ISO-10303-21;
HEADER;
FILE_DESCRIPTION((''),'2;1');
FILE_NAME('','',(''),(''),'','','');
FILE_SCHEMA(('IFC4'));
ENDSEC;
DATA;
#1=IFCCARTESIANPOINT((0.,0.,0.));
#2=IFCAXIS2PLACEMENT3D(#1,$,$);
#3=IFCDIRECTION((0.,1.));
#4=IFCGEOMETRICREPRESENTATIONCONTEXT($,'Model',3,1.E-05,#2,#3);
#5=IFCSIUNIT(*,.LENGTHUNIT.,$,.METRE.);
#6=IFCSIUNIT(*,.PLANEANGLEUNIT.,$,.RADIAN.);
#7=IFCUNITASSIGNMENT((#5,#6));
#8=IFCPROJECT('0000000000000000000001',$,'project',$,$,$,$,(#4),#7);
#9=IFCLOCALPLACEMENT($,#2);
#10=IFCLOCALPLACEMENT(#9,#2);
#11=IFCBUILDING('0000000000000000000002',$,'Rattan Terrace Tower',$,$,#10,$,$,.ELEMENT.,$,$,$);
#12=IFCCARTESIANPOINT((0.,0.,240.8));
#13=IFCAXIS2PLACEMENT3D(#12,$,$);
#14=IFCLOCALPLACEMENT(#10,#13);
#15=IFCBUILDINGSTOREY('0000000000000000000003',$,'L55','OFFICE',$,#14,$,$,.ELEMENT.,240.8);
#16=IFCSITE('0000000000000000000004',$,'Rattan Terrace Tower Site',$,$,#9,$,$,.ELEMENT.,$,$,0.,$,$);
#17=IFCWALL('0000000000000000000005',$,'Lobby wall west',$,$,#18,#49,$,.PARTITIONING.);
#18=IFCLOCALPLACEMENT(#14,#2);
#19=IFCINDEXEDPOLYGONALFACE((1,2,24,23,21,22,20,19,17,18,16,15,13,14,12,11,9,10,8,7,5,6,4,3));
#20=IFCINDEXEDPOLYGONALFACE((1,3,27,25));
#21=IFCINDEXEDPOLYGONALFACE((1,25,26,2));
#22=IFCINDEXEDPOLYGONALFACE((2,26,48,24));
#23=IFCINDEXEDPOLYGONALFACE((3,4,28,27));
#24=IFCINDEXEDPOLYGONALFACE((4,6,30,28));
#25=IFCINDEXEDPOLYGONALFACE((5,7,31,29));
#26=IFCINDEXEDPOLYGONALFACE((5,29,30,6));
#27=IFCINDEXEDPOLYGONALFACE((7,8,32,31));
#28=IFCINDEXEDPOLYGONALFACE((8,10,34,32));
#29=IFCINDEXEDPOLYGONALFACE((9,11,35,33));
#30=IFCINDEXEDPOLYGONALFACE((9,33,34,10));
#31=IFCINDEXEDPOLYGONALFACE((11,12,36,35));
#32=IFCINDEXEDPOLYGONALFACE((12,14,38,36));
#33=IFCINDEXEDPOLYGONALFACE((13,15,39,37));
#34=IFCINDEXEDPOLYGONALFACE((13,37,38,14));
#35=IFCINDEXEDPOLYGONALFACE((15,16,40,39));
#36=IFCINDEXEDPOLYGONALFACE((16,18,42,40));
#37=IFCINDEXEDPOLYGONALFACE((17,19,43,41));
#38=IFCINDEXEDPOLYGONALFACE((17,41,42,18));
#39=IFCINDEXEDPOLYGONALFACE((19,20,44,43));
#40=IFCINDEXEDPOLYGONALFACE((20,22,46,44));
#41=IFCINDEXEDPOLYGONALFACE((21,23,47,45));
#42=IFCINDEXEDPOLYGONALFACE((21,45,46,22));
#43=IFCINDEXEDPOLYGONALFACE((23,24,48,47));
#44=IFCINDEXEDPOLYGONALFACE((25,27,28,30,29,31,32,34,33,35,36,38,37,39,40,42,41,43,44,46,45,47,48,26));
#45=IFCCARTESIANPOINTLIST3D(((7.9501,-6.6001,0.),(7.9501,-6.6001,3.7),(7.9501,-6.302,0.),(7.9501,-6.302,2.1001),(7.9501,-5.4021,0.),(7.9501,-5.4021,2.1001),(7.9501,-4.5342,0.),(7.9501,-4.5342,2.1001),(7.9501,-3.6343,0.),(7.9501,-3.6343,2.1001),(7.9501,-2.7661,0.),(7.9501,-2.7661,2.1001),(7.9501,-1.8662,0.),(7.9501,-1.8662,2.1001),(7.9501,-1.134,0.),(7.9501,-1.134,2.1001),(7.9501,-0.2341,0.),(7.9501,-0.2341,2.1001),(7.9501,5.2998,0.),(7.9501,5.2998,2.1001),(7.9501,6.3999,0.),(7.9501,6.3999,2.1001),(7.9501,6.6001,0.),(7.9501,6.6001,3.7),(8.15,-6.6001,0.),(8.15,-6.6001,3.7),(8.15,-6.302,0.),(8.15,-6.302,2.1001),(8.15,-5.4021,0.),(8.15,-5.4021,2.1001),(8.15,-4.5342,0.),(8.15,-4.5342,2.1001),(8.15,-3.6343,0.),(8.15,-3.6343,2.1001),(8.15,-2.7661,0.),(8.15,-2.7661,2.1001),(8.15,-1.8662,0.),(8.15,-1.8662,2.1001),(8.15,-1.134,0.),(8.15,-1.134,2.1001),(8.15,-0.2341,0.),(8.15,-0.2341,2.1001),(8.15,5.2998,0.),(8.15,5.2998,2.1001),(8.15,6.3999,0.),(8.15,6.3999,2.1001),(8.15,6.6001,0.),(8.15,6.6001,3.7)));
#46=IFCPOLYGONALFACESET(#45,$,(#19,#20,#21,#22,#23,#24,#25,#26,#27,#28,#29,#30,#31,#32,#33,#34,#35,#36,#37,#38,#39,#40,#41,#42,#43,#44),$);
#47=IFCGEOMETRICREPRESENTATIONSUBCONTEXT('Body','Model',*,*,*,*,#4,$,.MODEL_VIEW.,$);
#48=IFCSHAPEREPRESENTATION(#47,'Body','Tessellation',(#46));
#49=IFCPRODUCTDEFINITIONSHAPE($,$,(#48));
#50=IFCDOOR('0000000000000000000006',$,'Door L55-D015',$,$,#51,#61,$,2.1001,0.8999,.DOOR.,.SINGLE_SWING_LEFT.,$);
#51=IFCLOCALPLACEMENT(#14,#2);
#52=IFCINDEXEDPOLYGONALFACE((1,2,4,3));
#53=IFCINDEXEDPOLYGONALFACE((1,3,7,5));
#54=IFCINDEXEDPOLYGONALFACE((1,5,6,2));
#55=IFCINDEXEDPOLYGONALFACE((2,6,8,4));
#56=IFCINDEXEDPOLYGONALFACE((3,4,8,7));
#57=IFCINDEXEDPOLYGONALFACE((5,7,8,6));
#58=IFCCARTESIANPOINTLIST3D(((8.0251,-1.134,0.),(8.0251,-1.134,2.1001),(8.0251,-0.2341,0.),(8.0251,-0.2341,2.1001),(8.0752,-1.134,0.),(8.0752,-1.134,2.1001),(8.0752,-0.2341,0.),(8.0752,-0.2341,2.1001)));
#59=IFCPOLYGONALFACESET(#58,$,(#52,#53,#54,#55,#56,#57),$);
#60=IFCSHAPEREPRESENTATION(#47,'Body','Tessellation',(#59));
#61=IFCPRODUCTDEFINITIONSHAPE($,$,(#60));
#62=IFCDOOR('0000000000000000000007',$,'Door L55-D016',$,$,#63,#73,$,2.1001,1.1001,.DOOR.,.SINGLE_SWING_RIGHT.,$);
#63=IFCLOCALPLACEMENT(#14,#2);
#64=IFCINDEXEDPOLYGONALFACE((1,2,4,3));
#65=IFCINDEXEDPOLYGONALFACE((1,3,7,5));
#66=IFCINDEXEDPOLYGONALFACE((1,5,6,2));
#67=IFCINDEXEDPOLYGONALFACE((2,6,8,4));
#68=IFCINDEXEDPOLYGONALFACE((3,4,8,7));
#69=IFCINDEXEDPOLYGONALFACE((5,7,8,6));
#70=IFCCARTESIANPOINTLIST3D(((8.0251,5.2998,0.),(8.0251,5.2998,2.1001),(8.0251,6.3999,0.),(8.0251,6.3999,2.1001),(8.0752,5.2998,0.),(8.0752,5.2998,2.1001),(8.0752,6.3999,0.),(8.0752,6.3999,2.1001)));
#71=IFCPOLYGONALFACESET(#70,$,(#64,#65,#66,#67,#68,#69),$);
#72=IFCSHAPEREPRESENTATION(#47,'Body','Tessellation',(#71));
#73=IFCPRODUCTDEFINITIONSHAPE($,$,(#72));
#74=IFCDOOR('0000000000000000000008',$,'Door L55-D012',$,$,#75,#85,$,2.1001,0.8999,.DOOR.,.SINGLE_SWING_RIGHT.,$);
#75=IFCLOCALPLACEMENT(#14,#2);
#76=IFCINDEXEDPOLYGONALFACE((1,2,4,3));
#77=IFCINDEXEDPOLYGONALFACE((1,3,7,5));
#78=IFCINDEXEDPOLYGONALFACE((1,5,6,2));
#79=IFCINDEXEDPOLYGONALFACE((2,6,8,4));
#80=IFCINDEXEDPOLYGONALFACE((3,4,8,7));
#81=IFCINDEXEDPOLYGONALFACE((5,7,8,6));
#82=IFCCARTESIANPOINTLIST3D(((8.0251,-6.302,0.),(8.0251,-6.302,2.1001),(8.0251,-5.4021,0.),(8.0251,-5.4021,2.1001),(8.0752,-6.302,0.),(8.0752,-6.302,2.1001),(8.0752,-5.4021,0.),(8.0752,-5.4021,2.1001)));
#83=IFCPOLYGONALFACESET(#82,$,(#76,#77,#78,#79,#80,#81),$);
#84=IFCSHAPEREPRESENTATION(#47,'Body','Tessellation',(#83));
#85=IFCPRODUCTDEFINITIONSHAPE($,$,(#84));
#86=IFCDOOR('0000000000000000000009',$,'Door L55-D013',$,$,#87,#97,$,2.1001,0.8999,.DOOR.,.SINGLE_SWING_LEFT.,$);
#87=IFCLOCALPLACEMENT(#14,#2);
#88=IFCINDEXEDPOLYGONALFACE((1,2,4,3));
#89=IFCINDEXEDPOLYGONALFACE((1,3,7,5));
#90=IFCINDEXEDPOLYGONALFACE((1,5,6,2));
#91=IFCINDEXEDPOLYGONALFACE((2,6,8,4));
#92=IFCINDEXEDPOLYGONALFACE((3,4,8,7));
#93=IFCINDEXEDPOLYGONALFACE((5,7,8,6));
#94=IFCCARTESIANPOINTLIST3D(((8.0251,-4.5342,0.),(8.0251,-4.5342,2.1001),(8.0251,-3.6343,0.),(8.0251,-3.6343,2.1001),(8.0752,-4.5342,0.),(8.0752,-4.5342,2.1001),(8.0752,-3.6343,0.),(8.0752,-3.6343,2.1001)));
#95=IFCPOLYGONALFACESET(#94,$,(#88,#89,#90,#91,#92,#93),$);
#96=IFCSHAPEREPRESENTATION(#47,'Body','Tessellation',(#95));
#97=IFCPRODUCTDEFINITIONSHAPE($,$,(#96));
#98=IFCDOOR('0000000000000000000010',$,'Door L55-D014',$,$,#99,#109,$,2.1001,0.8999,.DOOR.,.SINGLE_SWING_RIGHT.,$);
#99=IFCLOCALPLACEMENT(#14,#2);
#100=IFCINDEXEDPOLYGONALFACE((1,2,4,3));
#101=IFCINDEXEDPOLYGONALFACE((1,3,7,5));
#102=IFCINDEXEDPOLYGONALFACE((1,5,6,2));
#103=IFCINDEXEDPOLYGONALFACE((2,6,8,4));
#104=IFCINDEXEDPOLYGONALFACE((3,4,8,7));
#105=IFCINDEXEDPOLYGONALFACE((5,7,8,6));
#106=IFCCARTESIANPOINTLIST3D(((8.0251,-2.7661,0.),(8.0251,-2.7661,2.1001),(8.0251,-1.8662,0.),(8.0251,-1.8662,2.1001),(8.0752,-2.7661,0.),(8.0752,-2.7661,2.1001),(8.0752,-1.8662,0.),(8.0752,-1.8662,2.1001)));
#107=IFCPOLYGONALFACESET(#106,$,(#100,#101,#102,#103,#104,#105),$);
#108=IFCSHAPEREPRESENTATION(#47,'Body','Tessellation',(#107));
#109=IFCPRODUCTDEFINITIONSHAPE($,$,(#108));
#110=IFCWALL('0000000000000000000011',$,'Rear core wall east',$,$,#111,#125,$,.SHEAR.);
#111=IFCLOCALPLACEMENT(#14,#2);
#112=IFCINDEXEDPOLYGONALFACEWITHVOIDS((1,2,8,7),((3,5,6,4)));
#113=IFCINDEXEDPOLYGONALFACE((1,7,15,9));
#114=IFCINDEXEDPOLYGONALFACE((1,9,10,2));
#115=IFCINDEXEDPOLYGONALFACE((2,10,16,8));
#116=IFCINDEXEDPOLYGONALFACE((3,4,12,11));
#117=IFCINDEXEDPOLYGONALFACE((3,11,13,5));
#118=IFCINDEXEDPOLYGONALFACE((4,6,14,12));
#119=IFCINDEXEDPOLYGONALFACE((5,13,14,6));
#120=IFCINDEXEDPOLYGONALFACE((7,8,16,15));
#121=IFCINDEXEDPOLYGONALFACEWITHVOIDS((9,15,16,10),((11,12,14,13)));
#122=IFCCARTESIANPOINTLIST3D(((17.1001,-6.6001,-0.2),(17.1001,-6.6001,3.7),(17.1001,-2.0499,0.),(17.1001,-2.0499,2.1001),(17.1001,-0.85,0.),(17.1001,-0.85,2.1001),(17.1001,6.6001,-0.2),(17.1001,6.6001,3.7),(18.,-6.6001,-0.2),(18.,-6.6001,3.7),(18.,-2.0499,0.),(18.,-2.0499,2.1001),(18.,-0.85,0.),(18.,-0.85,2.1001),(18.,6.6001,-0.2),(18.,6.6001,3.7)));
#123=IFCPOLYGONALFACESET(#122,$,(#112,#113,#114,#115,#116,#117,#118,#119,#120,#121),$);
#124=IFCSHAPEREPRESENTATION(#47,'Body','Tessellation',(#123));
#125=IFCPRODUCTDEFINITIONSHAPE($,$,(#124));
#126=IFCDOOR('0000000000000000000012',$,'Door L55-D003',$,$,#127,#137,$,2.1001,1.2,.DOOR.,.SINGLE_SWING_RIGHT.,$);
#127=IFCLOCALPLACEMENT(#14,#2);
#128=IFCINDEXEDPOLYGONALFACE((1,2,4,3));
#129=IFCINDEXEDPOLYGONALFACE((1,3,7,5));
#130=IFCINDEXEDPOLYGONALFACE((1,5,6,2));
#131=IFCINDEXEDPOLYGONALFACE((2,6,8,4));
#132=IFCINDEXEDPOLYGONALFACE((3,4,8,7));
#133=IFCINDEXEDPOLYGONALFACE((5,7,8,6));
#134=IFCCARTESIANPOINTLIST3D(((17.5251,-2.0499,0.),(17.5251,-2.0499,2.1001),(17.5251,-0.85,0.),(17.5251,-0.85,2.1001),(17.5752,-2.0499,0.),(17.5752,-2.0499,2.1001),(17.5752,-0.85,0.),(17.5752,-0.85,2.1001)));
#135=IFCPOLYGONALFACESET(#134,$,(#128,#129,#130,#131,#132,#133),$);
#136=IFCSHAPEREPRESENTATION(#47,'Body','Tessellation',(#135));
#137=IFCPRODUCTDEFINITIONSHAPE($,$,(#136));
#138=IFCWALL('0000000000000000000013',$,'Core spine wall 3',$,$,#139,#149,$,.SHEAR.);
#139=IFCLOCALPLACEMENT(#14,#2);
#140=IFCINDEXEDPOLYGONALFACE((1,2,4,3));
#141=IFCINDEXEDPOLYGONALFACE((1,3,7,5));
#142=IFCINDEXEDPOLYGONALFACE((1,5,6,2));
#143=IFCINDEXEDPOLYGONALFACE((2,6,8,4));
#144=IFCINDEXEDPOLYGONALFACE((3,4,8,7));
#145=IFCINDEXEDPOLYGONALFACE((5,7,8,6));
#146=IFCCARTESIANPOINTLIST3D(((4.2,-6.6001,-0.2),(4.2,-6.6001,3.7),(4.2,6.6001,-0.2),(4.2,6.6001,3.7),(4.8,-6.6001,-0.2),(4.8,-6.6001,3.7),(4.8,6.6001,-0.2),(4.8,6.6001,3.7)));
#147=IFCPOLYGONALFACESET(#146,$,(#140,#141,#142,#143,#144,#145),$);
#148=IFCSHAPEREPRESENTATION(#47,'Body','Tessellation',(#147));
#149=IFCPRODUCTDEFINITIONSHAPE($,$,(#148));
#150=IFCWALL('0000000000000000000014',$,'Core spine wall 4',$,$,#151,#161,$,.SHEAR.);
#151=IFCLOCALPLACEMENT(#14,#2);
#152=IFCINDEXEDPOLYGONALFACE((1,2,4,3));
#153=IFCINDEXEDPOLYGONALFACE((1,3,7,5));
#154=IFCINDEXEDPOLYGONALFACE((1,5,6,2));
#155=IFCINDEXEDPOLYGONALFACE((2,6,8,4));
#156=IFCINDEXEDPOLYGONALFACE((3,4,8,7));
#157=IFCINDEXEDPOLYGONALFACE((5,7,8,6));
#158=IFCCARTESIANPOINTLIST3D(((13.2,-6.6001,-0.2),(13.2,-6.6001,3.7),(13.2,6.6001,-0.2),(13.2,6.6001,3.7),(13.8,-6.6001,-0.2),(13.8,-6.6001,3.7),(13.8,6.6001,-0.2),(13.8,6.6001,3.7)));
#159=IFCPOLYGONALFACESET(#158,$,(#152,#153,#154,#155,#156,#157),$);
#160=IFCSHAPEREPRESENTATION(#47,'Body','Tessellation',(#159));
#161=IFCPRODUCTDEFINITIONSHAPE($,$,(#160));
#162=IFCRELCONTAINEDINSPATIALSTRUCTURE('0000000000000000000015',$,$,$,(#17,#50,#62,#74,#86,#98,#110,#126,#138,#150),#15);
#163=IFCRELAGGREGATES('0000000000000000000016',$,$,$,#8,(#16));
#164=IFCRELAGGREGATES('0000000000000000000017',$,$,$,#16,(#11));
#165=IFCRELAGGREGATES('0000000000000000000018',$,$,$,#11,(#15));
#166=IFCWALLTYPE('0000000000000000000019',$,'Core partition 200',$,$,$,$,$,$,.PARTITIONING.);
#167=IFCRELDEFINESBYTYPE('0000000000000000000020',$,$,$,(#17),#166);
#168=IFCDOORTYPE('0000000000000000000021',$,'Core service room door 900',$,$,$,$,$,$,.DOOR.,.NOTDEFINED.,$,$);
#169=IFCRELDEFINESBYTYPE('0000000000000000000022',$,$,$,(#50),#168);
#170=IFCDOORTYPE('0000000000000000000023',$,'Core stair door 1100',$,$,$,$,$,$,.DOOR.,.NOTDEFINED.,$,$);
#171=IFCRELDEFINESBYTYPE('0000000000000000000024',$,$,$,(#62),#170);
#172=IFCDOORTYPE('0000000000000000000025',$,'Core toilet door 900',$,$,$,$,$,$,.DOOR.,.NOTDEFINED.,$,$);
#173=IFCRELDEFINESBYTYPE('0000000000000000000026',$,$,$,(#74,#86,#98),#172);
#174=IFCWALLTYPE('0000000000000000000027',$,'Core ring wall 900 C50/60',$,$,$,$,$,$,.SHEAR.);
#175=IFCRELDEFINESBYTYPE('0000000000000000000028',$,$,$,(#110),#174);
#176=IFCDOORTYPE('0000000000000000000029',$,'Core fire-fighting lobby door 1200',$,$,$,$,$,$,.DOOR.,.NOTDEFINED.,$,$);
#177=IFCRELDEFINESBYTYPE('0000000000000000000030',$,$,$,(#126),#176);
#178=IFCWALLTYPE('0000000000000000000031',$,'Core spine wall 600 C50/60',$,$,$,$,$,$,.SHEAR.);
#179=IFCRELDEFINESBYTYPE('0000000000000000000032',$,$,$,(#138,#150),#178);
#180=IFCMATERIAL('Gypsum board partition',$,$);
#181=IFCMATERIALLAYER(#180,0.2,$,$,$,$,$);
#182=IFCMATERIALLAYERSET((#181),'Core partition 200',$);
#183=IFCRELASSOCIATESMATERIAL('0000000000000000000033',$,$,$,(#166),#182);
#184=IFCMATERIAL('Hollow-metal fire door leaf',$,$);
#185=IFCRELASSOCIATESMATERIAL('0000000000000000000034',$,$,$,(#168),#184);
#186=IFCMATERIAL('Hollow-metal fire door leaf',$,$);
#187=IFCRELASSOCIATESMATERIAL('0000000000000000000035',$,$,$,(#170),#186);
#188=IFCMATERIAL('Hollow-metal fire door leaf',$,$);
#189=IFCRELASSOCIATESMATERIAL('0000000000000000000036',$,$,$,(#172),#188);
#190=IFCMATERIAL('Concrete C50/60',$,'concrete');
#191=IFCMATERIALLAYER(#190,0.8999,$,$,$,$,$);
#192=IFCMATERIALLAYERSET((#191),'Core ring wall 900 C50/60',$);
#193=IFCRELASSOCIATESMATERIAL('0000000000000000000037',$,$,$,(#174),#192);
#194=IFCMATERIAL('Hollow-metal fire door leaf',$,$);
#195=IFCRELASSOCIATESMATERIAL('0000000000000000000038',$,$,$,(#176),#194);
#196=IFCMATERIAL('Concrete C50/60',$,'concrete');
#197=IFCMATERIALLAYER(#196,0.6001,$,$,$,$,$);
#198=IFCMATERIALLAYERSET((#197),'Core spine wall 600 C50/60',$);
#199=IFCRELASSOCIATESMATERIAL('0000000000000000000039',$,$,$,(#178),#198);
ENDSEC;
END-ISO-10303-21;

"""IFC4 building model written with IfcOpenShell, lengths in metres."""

from ifc_helpers import new_model, si_unit, direction, frame, frame_2d, origin, place, context, subcontext, project, spatial, rectangle, extrude, material, layer, layer_set, type_object, element, fill, save


model = new_model("IFC4")

# Units and contexts
model_context = context("Model", 3, precision=1e-05, world=origin(), true_north=direction((0.0, 1.0)))
body_context = subcontext(model_context, "Body", "Model", "MODEL_VIEW")
ifc_project = project(units=[si_unit("LENGTHUNIT", "METRE"), si_unit("PLANEANGLEUNIT", "RADIAN")], contexts=[model_context])

# Site, building, storey
site_placement = place(None, origin())
site = spatial("IfcSite", under=ifc_project, at=site_placement, Name="Rattan Terrace Tower Site", CompositionType="ELEMENT", RefElevation=0.0)
building_placement = place(site_placement, origin())
building = spatial("IfcBuilding", under=site, at=building_placement, Name="Rattan Terrace Tower", CompositionType="ELEMENT")
storey_placement = place(building_placement, frame((0.0, 0.0, 240.8)))
storey = spatial("IfcBuildingStorey", under=building, at=storey_placement, Name="L55", Description="OFFICE", CompositionType="ELEMENT", Elevation=240.8)

# Shared definitions
ifc_material_1 = material(Name="Gypsum board partition")
ifc_layer_1 = layer(ifc_material_1, 0.2)
ifc_layer_set_1 = layer_set([ifc_layer_1], Name="Core partition 200")
wall_type_1 = type_object("IfcWallType", Name="Core partition 200", PredefinedType="PARTITIONING", material=ifc_layer_set_1)

# Wall, openings, doors
wall_1_placement = place(storey_placement, frame((8.05, -6.6001, 0.0), z_axis=(0.0, 0.0, 1.0), x_axis=(0.0, 1.0, 0.0)))
wall_1 = element("IfcWall", 1, at=wall_1_placement, inside=storey, type_object=wall_type_1, Name="Lobby wall west", PredefinedType="PARTITIONING", context=body_context, shape_type="SweptSolid", body=[
    extrude(rectangle(XDim=13.2002, YDim=0.2, at=frame_2d((6.6001, 0.0))), origin(), (0.0, 0.0, 1.0), 3.7),
])
opening_1_placement = place(wall_1_placement, frame((0.2981, 0.0, 0.0)))
opening_1 = element("IfcOpeningElement", 2, at=opening_1_placement, cuts=wall_1, PredefinedType="OPENING", context=body_context, shape_type="SweptSolid", body=[
    extrude(rectangle(XDim=0.8999, YDim=2.1001, at=frame_2d((0.45, 1.05))), frame((0.0, 0.1106, 0.0), z_axis=(0.0, -1.0, 0.0), x_axis=(1.0, 0.0, 0.0)), (0.0, 0.0, 1.0), 0.2209),
])
opening_2_placement = place(wall_1_placement, frame((2.0659, 0.0, 0.0)))
opening_2 = element("IfcOpeningElement", 3, at=opening_2_placement, cuts=wall_1, PredefinedType="OPENING", context=body_context, shape_type="SweptSolid", body=[
    extrude(rectangle(XDim=0.8999, YDim=2.1001, at=frame_2d((0.45, 1.05))), frame((0.0, 0.1106, 0.0), z_axis=(0.0, -1.0, 0.0), x_axis=(1.0, 0.0, 0.0)), (0.0, 0.0, 1.0), 0.2209),
])
opening_3_placement = place(wall_1_placement, frame((3.834, 0.0, 0.0)))
opening_3 = element("IfcOpeningElement", 4, at=opening_3_placement, cuts=wall_1, PredefinedType="OPENING", context=body_context, shape_type="SweptSolid", body=[
    extrude(rectangle(XDim=0.8999, YDim=2.1001, at=frame_2d((0.45, 1.05))), frame((0.0, 0.1106, 0.0), z_axis=(0.0, -1.0, 0.0), x_axis=(1.0, 0.0, 0.0)), (0.0, 0.0, 1.0), 0.2209),
])
opening_4_placement = place(wall_1_placement, frame((5.4661, 0.0, 0.0)))
opening_4 = element("IfcOpeningElement", 5, at=opening_4_placement, cuts=wall_1, PredefinedType="OPENING", context=body_context, shape_type="SweptSolid", body=[
    extrude(rectangle(XDim=0.8999, YDim=2.1001, at=frame_2d((0.45, 1.05))), frame((0.0, 0.1106, 0.0), z_axis=(0.0, -1.0, 0.0), x_axis=(1.0, 0.0, 0.0)), (0.0, 0.0, 1.0), 0.2209),
])
opening_5_placement = place(wall_1_placement, frame((11.8999, 0.0, 0.0)))
opening_5 = element("IfcOpeningElement", 6, at=opening_5_placement, cuts=wall_1, PredefinedType="OPENING", context=body_context, shape_type="SweptSolid", body=[
    extrude(rectangle(XDim=1.1001, YDim=2.1001, at=frame_2d((0.55, 1.05))), frame((0.0, 0.1106, 0.0), z_axis=(0.0, -1.0, 0.0), x_axis=(1.0, 0.0, 0.0)), (0.0, 0.0, 1.0), 0.2209),
])
ifc_material_2 = material(Name="Hollow-metal fire door leaf")
door_type_1 = type_object("IfcDoorType", Name="Core service room door 900", OperationType="NOTDEFINED", PredefinedType="DOOR", material=ifc_material_2)
door_1_placement = place(opening_4_placement, origin())
door_1 = element("IfcDoor", 7, at=door_1_placement, inside=storey, type_object=door_type_1, Name="Door L55-D015", OperationType="SINGLE_SWING_LEFT", OverallHeight=2.1001, OverallWidth=0.8999, PredefinedType="DOOR", context=body_context, shape_type="SweptSolid", body=[
    extrude(rectangle(XDim=0.8999, YDim=2.1001, at=frame_2d((0.45, 1.05))), frame((0.0, 0.0249, 0.0), z_axis=(0.0, -1.0, 0.0), x_axis=(1.0, 0.0, 0.0)), (0.0, 0.0, 1.0), 0.05),
])
fill(opening_4, door_1)
ifc_material_3 = material(Name="Hollow-metal fire door leaf")
door_type_2 = type_object("IfcDoorType", Name="Core stair door 1100", OperationType="NOTDEFINED", PredefinedType="DOOR", material=ifc_material_3)
door_2_placement = place(opening_5_placement, origin())
door_2 = element("IfcDoor", 8, at=door_2_placement, inside=storey, type_object=door_type_2, Name="Door L55-D016", OperationType="SINGLE_SWING_RIGHT", OverallHeight=2.1001, OverallWidth=1.1001, PredefinedType="DOOR", context=body_context, shape_type="SweptSolid", body=[
    extrude(rectangle(XDim=1.1001, YDim=2.1001, at=frame_2d((0.55, 1.05))), frame((0.0, 0.0249, 0.0), z_axis=(0.0, -1.0, 0.0), x_axis=(1.0, 0.0, 0.0)), (0.0, 0.0, 1.0), 0.05),
])
fill(opening_5, door_2)
ifc_material_4 = material(Name="Hollow-metal fire door leaf")
door_type_3 = type_object("IfcDoorType", Name="Core toilet door 900", OperationType="NOTDEFINED", PredefinedType="DOOR", material=ifc_material_4)
door_3_placement = place(opening_1_placement, origin())
door_3 = element("IfcDoor", 9, at=door_3_placement, inside=storey, type_object=door_type_3, Name="Door L55-D012", OperationType="SINGLE_SWING_RIGHT", OverallHeight=2.1001, OverallWidth=0.8999, PredefinedType="DOOR", context=body_context, shape_type="SweptSolid", body=[
    extrude(rectangle(XDim=0.8999, YDim=2.1001, at=frame_2d((0.45, 1.05))), frame((0.0, 0.0249, 0.0), z_axis=(0.0, -1.0, 0.0), x_axis=(1.0, 0.0, 0.0)), (0.0, 0.0, 1.0), 0.05),
])
fill(opening_1, door_3)
door_4_placement = place(opening_2_placement, origin())
door_4 = element("IfcDoor", 10, at=door_4_placement, inside=storey, type_object=door_type_3, Name="Door L55-D013", OperationType="SINGLE_SWING_LEFT", OverallHeight=2.1001, OverallWidth=0.8999, PredefinedType="DOOR", context=body_context, shape_type="SweptSolid", body=[
    extrude(rectangle(XDim=0.8999, YDim=2.1001, at=frame_2d((0.45, 1.05))), frame((0.0, 0.0249, 0.0), z_axis=(0.0, -1.0, 0.0), x_axis=(1.0, 0.0, 0.0)), (0.0, 0.0, 1.0), 0.05),
])
fill(opening_2, door_4)
door_5_placement = place(opening_3_placement, origin())
door_5 = element("IfcDoor", 11, at=door_5_placement, inside=storey, type_object=door_type_3, Name="Door L55-D014", OperationType="SINGLE_SWING_RIGHT", OverallHeight=2.1001, OverallWidth=0.8999, PredefinedType="DOOR", context=body_context, shape_type="SweptSolid", body=[
    extrude(rectangle(XDim=0.8999, YDim=2.1001, at=frame_2d((0.45, 1.05))), frame((0.0, 0.0249, 0.0), z_axis=(0.0, -1.0, 0.0), x_axis=(1.0, 0.0, 0.0)), (0.0, 0.0, 1.0), 0.05),
])
fill(opening_3, door_5)

# Wall, opening, door
ifc_material_5 = material(Name="Concrete C50/60", Category="concrete")
ifc_layer_2 = layer(ifc_material_5, 0.8999)
ifc_layer_set_2 = layer_set([ifc_layer_2], Name="Core ring wall 900 C50/60")
wall_type_2 = type_object("IfcWallType", Name="Core ring wall 900 C50/60", PredefinedType="SHEAR", material=ifc_layer_set_2)
wall_2_placement = place(storey_placement, frame((17.55, -6.6001, -0.2), z_axis=(0.0, 0.0, 1.0), x_axis=(0.0, 1.0, 0.0)))
wall_2 = element("IfcWall", 12, at=wall_2_placement, inside=storey, type_object=wall_type_2, Name="Rear core wall east", PredefinedType="SHEAR", context=body_context, shape_type="SweptSolid", body=[
    extrude(rectangle(XDim=13.2002, YDim=0.8999, at=frame_2d((6.6001, 0.0))), origin(), (0.0, 0.0, 1.0), 3.8999),
])
opening_6_placement = place(wall_2_placement, frame((4.55, 0.0, 0.2)))
opening_6 = element("IfcOpeningElement", 13, at=opening_6_placement, cuts=wall_2, PredefinedType="OPENING", context=body_context, shape_type="SweptSolid", body=[
    extrude(rectangle(XDim=1.2, YDim=2.1001, at=frame_2d((0.6001, 1.05))), frame((0.0, 0.4604, 0.0), z_axis=(0.0, -1.0, 0.0), x_axis=(1.0, 0.0, 0.0)), (0.0, 0.0, 1.0), 0.9209),
])
ifc_material_6 = material(Name="Hollow-metal fire door leaf")
door_type_4 = type_object("IfcDoorType", Name="Core fire-fighting lobby door 1200", OperationType="NOTDEFINED", PredefinedType="DOOR", material=ifc_material_6)
door_6_placement = place(opening_6_placement, origin())
door_6 = element("IfcDoor", 14, at=door_6_placement, inside=storey, type_object=door_type_4, Name="Door L55-D003", OperationType="SINGLE_SWING_RIGHT", OverallHeight=2.1001, OverallWidth=1.2, PredefinedType="DOOR", context=body_context, shape_type="SweptSolid", body=[
    extrude(rectangle(XDim=1.2, YDim=2.1001, at=frame_2d((0.6001, 1.05))), frame((0.0, 0.0249, 0.0), z_axis=(0.0, -1.0, 0.0), x_axis=(1.0, 0.0, 0.0)), (0.0, 0.0, 1.0), 0.05),
])
fill(opening_6, door_6)

# Walls
ifc_material_7 = material(Name="Concrete C50/60", Category="concrete")
ifc_layer_3 = layer(ifc_material_7, 0.6001)
ifc_layer_set_3 = layer_set([ifc_layer_3], Name="Core spine wall 600 C50/60")
wall_type_3 = type_object("IfcWallType", Name="Core spine wall 600 C50/60", PredefinedType="SHEAR", material=ifc_layer_set_3)
for number, where, z_axis, x_axis, name in (
    (15, (4.5, -6.6001, -0.2), (0.0, 0.0, 1.0), (0.0, 1.0, 0.0), "Core spine wall 3"),
    (16, (13.5, -6.6001, -0.2), (0.0, 0.0, 1.0), (0.0, 1.0, 0.0), "Core spine wall 4"),
):
    element("IfcWall", number, at=place(storey_placement, frame(where, z_axis=z_axis, x_axis=x_axis)), inside=storey, type_object=wall_type_3, Name=name, PredefinedType="SHEAR", context=body_context, shape_type="SweptSolid", body=[
        extrude(rectangle(XDim=13.2002, YDim=0.6001, at=frame_2d((6.6001, 0.0))), origin(), (0.0, 0.0, 1.0), 3.8999),
    ])

save(model, "model.ifc")
